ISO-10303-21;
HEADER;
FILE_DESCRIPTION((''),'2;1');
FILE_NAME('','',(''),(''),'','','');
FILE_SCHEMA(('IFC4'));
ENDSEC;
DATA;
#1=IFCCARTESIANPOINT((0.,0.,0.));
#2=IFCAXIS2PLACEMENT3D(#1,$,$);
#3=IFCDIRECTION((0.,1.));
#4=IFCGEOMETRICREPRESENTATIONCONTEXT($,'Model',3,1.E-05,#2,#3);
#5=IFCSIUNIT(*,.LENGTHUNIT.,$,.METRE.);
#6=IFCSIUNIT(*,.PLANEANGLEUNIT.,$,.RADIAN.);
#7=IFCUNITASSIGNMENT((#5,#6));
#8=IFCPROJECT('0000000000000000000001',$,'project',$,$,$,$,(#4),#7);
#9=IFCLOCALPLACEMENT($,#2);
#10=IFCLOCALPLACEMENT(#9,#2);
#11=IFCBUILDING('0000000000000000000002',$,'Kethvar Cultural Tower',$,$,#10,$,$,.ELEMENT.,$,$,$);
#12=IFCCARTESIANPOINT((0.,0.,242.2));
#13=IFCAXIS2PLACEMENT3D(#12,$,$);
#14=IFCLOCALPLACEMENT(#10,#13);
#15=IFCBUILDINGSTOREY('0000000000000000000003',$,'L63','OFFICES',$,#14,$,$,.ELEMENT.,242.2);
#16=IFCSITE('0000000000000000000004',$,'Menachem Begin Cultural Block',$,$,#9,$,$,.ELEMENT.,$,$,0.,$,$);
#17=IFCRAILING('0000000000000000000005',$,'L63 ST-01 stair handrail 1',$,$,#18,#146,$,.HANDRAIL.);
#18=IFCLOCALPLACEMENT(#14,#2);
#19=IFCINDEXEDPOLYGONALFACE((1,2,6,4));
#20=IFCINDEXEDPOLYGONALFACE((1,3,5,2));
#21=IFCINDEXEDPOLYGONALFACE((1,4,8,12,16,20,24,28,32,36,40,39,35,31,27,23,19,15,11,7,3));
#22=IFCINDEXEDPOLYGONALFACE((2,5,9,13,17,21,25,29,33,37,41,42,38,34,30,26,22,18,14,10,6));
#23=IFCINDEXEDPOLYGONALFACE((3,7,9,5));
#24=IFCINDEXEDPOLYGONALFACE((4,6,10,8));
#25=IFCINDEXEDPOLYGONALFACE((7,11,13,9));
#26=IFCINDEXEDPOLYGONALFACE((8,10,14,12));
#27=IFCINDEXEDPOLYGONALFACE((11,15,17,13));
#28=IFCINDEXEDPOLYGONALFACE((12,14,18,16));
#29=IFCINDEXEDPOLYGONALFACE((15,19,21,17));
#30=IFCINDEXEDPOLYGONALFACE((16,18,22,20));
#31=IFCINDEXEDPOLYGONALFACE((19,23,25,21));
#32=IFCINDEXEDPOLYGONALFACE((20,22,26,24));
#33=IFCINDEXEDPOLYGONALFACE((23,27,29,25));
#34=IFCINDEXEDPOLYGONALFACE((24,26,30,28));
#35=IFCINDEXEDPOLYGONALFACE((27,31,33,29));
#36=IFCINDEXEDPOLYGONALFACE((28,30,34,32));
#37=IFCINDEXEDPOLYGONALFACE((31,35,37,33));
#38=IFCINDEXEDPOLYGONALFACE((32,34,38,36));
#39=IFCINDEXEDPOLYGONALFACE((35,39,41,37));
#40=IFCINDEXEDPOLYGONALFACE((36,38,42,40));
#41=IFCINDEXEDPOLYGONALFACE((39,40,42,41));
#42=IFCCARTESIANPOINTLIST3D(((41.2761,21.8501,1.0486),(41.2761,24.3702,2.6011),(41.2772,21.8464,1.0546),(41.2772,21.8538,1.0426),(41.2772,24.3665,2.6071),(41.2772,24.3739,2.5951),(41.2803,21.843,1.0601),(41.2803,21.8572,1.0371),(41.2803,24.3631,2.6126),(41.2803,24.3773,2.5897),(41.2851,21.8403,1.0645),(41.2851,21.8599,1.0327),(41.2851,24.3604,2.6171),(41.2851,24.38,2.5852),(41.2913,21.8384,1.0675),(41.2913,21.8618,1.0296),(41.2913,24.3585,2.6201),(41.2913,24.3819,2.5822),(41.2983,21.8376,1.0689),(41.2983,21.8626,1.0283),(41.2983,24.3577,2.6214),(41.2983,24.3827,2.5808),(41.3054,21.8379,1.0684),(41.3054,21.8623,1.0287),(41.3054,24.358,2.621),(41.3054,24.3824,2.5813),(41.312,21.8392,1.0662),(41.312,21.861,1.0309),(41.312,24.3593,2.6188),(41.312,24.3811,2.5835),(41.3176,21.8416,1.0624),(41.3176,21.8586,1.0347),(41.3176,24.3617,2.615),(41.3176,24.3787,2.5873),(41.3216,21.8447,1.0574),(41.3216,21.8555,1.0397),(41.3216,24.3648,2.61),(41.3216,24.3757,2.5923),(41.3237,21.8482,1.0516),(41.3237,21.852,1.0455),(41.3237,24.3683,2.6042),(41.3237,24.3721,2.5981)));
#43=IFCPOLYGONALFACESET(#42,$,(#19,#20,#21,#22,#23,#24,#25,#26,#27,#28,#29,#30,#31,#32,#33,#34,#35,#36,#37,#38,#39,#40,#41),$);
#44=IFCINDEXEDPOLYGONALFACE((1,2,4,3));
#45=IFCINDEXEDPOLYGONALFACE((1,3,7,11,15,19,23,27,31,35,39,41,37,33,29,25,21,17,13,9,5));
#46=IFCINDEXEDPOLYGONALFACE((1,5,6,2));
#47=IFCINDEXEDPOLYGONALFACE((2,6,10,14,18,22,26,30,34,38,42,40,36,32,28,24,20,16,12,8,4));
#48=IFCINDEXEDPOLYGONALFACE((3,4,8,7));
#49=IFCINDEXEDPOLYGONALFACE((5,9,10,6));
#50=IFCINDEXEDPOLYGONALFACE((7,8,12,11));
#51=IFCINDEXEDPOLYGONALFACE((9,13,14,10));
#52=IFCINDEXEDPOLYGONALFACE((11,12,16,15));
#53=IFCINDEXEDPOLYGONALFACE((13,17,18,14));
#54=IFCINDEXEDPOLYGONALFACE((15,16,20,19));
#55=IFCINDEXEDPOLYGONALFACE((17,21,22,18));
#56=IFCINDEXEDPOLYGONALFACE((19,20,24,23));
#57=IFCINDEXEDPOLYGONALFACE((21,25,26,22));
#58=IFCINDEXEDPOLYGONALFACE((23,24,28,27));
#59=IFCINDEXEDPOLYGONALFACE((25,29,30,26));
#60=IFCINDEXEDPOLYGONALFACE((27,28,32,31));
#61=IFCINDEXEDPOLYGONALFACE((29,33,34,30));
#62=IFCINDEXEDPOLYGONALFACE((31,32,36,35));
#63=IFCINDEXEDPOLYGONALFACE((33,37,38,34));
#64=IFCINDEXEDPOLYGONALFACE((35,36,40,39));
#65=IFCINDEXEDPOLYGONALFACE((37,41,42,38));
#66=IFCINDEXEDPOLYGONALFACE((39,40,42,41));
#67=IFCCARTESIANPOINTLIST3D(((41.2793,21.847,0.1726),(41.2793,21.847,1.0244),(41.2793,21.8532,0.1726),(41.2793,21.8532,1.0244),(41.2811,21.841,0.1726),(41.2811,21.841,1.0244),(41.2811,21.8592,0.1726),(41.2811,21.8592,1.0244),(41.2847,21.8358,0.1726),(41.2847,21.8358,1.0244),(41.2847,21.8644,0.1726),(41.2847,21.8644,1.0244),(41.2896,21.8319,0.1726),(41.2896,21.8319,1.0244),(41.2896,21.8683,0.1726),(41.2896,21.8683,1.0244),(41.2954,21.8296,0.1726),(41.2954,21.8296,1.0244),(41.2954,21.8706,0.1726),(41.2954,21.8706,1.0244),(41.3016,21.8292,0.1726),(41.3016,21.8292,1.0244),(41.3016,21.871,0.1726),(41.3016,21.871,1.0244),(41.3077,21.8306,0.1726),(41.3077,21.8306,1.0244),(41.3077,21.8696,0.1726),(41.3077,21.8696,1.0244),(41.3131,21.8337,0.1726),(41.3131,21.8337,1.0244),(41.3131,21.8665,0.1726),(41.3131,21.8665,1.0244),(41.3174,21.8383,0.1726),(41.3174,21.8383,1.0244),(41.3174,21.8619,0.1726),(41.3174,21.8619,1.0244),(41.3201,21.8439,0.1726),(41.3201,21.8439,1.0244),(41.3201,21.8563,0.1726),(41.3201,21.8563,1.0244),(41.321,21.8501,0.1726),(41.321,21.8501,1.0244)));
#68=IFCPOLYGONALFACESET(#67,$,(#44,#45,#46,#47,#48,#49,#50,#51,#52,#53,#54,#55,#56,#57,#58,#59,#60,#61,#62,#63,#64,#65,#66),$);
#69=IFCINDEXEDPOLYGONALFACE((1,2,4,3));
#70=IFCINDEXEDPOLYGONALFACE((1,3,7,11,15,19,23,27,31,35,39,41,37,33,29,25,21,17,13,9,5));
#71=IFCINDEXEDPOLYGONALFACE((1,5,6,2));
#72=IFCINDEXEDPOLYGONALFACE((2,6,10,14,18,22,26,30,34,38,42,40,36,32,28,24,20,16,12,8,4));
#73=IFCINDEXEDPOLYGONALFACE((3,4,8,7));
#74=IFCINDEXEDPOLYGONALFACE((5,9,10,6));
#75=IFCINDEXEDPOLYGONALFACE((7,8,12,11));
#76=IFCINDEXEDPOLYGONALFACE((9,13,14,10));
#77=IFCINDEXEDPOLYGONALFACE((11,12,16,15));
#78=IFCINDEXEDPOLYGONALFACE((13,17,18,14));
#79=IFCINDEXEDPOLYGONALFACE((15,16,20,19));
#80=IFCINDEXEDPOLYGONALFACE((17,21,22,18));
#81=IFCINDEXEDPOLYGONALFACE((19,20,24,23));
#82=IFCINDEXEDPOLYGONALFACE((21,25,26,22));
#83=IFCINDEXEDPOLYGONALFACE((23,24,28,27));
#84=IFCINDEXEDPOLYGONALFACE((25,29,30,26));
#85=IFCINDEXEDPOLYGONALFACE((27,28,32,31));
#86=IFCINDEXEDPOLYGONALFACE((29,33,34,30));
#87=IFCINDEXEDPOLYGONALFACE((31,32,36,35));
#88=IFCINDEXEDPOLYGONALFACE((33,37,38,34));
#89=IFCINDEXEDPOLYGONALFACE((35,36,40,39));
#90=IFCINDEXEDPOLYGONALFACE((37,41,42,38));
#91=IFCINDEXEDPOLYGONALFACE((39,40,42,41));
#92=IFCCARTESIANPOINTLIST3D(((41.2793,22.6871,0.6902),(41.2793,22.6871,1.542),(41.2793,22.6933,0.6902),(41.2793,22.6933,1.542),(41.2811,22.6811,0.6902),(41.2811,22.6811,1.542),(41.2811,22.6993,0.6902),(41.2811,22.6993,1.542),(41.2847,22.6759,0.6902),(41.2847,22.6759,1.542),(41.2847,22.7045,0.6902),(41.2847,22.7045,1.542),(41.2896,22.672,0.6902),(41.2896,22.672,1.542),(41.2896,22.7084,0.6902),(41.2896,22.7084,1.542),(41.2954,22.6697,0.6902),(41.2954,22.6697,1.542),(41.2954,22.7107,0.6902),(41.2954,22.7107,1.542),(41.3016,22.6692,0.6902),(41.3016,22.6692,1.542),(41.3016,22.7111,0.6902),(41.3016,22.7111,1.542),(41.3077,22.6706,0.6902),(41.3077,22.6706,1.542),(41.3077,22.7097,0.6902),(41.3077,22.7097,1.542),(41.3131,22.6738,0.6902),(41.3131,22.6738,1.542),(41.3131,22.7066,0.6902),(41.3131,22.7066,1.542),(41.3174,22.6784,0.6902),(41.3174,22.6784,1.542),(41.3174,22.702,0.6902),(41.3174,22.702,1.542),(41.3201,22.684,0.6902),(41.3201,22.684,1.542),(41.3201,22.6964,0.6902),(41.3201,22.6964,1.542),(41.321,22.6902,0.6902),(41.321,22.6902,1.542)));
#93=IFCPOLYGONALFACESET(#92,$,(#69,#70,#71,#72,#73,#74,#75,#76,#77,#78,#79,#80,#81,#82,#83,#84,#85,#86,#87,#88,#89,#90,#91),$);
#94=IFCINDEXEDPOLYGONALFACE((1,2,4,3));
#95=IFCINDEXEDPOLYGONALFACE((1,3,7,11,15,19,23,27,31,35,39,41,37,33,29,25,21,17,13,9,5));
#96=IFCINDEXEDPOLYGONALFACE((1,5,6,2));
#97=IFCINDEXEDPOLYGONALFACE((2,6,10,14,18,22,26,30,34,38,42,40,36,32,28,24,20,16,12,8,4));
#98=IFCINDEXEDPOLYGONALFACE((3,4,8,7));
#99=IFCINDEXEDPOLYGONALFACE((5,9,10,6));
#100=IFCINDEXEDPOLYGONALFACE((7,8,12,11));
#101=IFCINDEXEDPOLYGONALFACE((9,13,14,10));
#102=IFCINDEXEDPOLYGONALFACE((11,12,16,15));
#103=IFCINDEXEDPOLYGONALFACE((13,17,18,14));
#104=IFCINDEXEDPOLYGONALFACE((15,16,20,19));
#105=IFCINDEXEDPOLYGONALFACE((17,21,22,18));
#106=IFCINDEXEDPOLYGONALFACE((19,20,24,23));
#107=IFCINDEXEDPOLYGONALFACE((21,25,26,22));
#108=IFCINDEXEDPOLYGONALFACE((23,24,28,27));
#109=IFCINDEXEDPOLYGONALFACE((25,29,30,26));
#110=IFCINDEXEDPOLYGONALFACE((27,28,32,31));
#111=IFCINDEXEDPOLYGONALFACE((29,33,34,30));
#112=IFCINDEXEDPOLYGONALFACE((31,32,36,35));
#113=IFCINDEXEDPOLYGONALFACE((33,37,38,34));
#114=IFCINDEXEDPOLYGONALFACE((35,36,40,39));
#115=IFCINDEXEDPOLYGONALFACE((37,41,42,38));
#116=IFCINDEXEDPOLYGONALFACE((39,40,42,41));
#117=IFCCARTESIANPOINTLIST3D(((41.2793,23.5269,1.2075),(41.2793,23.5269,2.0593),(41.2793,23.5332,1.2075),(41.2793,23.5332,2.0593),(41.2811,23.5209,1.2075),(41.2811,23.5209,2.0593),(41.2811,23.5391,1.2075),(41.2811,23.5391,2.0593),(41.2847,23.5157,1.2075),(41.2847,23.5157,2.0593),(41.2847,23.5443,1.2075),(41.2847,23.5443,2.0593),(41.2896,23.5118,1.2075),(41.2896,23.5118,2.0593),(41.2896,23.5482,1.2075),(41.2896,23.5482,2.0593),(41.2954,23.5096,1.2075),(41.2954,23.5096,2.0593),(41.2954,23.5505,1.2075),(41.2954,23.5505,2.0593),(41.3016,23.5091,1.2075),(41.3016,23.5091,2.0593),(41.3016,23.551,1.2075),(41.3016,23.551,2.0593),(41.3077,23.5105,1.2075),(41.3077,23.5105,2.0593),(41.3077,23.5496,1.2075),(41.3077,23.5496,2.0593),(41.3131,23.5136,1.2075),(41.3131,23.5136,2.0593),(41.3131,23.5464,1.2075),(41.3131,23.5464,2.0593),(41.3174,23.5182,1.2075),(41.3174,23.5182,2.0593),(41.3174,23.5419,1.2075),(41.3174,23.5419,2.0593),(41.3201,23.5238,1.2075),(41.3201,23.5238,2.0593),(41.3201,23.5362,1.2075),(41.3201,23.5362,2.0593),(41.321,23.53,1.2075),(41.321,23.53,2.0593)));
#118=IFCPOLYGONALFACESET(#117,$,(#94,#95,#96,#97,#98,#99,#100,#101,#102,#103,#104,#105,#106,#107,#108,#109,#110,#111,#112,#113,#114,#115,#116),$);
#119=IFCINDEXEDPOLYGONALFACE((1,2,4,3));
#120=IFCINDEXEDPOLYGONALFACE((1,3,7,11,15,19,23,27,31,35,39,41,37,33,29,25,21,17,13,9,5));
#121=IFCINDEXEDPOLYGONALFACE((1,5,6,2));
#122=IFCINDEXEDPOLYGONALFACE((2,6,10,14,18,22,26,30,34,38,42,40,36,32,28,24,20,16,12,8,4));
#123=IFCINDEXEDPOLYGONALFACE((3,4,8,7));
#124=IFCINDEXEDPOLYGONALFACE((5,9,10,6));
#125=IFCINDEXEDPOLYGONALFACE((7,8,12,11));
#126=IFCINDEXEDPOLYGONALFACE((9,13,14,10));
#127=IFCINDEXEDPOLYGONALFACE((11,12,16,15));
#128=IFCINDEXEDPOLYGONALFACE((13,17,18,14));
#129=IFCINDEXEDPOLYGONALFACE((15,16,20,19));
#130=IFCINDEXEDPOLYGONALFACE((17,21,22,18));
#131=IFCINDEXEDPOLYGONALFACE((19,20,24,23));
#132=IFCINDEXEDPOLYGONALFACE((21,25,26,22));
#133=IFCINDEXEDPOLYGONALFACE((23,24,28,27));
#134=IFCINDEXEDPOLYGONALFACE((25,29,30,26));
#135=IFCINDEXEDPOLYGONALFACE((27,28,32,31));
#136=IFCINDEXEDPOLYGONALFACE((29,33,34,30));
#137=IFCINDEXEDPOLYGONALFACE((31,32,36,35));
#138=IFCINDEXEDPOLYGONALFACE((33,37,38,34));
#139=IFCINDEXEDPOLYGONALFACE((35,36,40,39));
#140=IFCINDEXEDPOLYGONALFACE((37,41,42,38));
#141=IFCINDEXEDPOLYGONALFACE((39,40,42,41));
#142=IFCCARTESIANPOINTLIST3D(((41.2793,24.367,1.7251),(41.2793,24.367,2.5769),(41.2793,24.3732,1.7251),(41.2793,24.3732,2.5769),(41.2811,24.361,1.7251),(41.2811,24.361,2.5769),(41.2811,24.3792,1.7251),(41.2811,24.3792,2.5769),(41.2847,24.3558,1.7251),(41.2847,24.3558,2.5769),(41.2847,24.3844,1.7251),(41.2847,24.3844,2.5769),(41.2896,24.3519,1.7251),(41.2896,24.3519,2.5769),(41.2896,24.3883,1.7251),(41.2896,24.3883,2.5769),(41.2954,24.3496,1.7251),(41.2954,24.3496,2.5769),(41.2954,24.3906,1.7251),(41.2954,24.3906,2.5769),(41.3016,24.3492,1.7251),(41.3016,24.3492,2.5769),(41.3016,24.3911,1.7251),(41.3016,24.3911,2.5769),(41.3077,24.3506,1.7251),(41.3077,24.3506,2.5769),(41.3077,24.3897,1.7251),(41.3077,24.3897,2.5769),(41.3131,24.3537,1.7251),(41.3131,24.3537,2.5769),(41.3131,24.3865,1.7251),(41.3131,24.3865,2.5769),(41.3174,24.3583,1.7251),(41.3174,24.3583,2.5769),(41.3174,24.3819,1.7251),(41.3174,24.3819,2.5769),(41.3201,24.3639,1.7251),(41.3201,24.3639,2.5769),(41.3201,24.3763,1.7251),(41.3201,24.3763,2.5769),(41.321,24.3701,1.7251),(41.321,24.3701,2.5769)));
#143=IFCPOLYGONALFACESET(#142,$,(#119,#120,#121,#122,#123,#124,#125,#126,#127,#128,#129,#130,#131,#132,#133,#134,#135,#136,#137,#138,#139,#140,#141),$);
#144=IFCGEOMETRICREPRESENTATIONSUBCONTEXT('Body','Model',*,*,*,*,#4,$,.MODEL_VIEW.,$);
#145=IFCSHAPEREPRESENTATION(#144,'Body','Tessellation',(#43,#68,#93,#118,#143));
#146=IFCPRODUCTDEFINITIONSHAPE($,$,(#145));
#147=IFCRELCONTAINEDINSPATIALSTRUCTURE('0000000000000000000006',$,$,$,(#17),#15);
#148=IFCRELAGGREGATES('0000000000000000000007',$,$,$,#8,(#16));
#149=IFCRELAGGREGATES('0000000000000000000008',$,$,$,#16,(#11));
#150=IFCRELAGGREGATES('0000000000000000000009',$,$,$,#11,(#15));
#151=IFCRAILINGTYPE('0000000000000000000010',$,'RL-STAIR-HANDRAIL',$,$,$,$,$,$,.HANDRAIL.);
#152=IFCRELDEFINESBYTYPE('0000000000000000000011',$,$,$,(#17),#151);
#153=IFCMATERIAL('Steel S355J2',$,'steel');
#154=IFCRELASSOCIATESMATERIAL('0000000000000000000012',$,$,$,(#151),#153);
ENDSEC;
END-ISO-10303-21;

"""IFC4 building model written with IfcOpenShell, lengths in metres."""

from ifc_helpers import new_model, si_unit, direction, frame, origin, origin_2d, place, context, subcontext, project, spatial, circle, extrude, material, type_object, element, save


model = new_model("IFC4")

# Units and contexts
model_context = context("Model", 3, precision=1e-05, world=origin(), true_north=direction((0.0, 1.0)))
body_context = subcontext(model_context, "Body", "Model", "MODEL_VIEW")
ifc_project = project(units=[si_unit("LENGTHUNIT", "METRE"), si_unit("PLANEANGLEUNIT", "RADIAN")], contexts=[model_context])

# Site, building, storey
site_placement = place(None, origin())
site = spatial("IfcSite", under=ifc_project, at=site_placement, Name="Menachem Begin Cultural Block", CompositionType="ELEMENT", RefElevation=0.0)
building_placement = place(site_placement, origin())
building = spatial("IfcBuilding", under=site, at=building_placement, Name="Kethvar Cultural Tower", CompositionType="ELEMENT")
storey_placement = place(building_placement, frame((0.0, 0.0, 242.2)))
storey = spatial("IfcBuildingStorey", under=building, at=storey_placement, Name="L63", Description="OFFICES", CompositionType="ELEMENT", Elevation=242.2)

# Shared definitions
ifc_material_1 = material(Name="Steel S355J2", Category="steel")

# Railing
railing_type_1 = type_object("IfcRailingType", Name="RL-STAIR-HANDRAIL", PredefinedType="HANDRAIL", material=ifc_material_1)
railing_1_placement = place(storey_placement, frame((41.3, 21.8501, 0.1726)))
element("IfcRailing", 1, at=railing_1_placement, inside=storey, type_object=railing_type_1, Name="L63 ST-01 stair handrail 1", PredefinedType="HANDRAIL", context=body_context, shape_type="SweptSolid", body=[
    extrude(circle(Radius=0.0239, at=origin_2d()), frame((0.0, 0.0, 0.876), z_axis=(0.0, 0.8514, 0.524516), x_axis=(-1.0, 0.0, 0.0)), (0.0, 0.0, 1.0), 2.96),
    extrude(circle(Radius=0.021, at=origin_2d()), origin(), (0.0, 0.0, 1.0), 0.8518),
    extrude(circle(Radius=0.021, at=origin_2d()), frame((0.0, 0.8401, 0.5176)), (0.0, 0.0, 1.0), 0.8518),
    extrude(circle(Radius=0.021, at=origin_2d()), frame((0.0, 1.6799, 1.0349)), (0.0, 0.0, 1.0), 0.8518),
    extrude(circle(Radius=0.021, at=origin_2d()), frame((0.0, 2.52, 1.5525)), (0.0, 0.0, 1.0), 0.8518),
])

save(model, "model.ifc")
